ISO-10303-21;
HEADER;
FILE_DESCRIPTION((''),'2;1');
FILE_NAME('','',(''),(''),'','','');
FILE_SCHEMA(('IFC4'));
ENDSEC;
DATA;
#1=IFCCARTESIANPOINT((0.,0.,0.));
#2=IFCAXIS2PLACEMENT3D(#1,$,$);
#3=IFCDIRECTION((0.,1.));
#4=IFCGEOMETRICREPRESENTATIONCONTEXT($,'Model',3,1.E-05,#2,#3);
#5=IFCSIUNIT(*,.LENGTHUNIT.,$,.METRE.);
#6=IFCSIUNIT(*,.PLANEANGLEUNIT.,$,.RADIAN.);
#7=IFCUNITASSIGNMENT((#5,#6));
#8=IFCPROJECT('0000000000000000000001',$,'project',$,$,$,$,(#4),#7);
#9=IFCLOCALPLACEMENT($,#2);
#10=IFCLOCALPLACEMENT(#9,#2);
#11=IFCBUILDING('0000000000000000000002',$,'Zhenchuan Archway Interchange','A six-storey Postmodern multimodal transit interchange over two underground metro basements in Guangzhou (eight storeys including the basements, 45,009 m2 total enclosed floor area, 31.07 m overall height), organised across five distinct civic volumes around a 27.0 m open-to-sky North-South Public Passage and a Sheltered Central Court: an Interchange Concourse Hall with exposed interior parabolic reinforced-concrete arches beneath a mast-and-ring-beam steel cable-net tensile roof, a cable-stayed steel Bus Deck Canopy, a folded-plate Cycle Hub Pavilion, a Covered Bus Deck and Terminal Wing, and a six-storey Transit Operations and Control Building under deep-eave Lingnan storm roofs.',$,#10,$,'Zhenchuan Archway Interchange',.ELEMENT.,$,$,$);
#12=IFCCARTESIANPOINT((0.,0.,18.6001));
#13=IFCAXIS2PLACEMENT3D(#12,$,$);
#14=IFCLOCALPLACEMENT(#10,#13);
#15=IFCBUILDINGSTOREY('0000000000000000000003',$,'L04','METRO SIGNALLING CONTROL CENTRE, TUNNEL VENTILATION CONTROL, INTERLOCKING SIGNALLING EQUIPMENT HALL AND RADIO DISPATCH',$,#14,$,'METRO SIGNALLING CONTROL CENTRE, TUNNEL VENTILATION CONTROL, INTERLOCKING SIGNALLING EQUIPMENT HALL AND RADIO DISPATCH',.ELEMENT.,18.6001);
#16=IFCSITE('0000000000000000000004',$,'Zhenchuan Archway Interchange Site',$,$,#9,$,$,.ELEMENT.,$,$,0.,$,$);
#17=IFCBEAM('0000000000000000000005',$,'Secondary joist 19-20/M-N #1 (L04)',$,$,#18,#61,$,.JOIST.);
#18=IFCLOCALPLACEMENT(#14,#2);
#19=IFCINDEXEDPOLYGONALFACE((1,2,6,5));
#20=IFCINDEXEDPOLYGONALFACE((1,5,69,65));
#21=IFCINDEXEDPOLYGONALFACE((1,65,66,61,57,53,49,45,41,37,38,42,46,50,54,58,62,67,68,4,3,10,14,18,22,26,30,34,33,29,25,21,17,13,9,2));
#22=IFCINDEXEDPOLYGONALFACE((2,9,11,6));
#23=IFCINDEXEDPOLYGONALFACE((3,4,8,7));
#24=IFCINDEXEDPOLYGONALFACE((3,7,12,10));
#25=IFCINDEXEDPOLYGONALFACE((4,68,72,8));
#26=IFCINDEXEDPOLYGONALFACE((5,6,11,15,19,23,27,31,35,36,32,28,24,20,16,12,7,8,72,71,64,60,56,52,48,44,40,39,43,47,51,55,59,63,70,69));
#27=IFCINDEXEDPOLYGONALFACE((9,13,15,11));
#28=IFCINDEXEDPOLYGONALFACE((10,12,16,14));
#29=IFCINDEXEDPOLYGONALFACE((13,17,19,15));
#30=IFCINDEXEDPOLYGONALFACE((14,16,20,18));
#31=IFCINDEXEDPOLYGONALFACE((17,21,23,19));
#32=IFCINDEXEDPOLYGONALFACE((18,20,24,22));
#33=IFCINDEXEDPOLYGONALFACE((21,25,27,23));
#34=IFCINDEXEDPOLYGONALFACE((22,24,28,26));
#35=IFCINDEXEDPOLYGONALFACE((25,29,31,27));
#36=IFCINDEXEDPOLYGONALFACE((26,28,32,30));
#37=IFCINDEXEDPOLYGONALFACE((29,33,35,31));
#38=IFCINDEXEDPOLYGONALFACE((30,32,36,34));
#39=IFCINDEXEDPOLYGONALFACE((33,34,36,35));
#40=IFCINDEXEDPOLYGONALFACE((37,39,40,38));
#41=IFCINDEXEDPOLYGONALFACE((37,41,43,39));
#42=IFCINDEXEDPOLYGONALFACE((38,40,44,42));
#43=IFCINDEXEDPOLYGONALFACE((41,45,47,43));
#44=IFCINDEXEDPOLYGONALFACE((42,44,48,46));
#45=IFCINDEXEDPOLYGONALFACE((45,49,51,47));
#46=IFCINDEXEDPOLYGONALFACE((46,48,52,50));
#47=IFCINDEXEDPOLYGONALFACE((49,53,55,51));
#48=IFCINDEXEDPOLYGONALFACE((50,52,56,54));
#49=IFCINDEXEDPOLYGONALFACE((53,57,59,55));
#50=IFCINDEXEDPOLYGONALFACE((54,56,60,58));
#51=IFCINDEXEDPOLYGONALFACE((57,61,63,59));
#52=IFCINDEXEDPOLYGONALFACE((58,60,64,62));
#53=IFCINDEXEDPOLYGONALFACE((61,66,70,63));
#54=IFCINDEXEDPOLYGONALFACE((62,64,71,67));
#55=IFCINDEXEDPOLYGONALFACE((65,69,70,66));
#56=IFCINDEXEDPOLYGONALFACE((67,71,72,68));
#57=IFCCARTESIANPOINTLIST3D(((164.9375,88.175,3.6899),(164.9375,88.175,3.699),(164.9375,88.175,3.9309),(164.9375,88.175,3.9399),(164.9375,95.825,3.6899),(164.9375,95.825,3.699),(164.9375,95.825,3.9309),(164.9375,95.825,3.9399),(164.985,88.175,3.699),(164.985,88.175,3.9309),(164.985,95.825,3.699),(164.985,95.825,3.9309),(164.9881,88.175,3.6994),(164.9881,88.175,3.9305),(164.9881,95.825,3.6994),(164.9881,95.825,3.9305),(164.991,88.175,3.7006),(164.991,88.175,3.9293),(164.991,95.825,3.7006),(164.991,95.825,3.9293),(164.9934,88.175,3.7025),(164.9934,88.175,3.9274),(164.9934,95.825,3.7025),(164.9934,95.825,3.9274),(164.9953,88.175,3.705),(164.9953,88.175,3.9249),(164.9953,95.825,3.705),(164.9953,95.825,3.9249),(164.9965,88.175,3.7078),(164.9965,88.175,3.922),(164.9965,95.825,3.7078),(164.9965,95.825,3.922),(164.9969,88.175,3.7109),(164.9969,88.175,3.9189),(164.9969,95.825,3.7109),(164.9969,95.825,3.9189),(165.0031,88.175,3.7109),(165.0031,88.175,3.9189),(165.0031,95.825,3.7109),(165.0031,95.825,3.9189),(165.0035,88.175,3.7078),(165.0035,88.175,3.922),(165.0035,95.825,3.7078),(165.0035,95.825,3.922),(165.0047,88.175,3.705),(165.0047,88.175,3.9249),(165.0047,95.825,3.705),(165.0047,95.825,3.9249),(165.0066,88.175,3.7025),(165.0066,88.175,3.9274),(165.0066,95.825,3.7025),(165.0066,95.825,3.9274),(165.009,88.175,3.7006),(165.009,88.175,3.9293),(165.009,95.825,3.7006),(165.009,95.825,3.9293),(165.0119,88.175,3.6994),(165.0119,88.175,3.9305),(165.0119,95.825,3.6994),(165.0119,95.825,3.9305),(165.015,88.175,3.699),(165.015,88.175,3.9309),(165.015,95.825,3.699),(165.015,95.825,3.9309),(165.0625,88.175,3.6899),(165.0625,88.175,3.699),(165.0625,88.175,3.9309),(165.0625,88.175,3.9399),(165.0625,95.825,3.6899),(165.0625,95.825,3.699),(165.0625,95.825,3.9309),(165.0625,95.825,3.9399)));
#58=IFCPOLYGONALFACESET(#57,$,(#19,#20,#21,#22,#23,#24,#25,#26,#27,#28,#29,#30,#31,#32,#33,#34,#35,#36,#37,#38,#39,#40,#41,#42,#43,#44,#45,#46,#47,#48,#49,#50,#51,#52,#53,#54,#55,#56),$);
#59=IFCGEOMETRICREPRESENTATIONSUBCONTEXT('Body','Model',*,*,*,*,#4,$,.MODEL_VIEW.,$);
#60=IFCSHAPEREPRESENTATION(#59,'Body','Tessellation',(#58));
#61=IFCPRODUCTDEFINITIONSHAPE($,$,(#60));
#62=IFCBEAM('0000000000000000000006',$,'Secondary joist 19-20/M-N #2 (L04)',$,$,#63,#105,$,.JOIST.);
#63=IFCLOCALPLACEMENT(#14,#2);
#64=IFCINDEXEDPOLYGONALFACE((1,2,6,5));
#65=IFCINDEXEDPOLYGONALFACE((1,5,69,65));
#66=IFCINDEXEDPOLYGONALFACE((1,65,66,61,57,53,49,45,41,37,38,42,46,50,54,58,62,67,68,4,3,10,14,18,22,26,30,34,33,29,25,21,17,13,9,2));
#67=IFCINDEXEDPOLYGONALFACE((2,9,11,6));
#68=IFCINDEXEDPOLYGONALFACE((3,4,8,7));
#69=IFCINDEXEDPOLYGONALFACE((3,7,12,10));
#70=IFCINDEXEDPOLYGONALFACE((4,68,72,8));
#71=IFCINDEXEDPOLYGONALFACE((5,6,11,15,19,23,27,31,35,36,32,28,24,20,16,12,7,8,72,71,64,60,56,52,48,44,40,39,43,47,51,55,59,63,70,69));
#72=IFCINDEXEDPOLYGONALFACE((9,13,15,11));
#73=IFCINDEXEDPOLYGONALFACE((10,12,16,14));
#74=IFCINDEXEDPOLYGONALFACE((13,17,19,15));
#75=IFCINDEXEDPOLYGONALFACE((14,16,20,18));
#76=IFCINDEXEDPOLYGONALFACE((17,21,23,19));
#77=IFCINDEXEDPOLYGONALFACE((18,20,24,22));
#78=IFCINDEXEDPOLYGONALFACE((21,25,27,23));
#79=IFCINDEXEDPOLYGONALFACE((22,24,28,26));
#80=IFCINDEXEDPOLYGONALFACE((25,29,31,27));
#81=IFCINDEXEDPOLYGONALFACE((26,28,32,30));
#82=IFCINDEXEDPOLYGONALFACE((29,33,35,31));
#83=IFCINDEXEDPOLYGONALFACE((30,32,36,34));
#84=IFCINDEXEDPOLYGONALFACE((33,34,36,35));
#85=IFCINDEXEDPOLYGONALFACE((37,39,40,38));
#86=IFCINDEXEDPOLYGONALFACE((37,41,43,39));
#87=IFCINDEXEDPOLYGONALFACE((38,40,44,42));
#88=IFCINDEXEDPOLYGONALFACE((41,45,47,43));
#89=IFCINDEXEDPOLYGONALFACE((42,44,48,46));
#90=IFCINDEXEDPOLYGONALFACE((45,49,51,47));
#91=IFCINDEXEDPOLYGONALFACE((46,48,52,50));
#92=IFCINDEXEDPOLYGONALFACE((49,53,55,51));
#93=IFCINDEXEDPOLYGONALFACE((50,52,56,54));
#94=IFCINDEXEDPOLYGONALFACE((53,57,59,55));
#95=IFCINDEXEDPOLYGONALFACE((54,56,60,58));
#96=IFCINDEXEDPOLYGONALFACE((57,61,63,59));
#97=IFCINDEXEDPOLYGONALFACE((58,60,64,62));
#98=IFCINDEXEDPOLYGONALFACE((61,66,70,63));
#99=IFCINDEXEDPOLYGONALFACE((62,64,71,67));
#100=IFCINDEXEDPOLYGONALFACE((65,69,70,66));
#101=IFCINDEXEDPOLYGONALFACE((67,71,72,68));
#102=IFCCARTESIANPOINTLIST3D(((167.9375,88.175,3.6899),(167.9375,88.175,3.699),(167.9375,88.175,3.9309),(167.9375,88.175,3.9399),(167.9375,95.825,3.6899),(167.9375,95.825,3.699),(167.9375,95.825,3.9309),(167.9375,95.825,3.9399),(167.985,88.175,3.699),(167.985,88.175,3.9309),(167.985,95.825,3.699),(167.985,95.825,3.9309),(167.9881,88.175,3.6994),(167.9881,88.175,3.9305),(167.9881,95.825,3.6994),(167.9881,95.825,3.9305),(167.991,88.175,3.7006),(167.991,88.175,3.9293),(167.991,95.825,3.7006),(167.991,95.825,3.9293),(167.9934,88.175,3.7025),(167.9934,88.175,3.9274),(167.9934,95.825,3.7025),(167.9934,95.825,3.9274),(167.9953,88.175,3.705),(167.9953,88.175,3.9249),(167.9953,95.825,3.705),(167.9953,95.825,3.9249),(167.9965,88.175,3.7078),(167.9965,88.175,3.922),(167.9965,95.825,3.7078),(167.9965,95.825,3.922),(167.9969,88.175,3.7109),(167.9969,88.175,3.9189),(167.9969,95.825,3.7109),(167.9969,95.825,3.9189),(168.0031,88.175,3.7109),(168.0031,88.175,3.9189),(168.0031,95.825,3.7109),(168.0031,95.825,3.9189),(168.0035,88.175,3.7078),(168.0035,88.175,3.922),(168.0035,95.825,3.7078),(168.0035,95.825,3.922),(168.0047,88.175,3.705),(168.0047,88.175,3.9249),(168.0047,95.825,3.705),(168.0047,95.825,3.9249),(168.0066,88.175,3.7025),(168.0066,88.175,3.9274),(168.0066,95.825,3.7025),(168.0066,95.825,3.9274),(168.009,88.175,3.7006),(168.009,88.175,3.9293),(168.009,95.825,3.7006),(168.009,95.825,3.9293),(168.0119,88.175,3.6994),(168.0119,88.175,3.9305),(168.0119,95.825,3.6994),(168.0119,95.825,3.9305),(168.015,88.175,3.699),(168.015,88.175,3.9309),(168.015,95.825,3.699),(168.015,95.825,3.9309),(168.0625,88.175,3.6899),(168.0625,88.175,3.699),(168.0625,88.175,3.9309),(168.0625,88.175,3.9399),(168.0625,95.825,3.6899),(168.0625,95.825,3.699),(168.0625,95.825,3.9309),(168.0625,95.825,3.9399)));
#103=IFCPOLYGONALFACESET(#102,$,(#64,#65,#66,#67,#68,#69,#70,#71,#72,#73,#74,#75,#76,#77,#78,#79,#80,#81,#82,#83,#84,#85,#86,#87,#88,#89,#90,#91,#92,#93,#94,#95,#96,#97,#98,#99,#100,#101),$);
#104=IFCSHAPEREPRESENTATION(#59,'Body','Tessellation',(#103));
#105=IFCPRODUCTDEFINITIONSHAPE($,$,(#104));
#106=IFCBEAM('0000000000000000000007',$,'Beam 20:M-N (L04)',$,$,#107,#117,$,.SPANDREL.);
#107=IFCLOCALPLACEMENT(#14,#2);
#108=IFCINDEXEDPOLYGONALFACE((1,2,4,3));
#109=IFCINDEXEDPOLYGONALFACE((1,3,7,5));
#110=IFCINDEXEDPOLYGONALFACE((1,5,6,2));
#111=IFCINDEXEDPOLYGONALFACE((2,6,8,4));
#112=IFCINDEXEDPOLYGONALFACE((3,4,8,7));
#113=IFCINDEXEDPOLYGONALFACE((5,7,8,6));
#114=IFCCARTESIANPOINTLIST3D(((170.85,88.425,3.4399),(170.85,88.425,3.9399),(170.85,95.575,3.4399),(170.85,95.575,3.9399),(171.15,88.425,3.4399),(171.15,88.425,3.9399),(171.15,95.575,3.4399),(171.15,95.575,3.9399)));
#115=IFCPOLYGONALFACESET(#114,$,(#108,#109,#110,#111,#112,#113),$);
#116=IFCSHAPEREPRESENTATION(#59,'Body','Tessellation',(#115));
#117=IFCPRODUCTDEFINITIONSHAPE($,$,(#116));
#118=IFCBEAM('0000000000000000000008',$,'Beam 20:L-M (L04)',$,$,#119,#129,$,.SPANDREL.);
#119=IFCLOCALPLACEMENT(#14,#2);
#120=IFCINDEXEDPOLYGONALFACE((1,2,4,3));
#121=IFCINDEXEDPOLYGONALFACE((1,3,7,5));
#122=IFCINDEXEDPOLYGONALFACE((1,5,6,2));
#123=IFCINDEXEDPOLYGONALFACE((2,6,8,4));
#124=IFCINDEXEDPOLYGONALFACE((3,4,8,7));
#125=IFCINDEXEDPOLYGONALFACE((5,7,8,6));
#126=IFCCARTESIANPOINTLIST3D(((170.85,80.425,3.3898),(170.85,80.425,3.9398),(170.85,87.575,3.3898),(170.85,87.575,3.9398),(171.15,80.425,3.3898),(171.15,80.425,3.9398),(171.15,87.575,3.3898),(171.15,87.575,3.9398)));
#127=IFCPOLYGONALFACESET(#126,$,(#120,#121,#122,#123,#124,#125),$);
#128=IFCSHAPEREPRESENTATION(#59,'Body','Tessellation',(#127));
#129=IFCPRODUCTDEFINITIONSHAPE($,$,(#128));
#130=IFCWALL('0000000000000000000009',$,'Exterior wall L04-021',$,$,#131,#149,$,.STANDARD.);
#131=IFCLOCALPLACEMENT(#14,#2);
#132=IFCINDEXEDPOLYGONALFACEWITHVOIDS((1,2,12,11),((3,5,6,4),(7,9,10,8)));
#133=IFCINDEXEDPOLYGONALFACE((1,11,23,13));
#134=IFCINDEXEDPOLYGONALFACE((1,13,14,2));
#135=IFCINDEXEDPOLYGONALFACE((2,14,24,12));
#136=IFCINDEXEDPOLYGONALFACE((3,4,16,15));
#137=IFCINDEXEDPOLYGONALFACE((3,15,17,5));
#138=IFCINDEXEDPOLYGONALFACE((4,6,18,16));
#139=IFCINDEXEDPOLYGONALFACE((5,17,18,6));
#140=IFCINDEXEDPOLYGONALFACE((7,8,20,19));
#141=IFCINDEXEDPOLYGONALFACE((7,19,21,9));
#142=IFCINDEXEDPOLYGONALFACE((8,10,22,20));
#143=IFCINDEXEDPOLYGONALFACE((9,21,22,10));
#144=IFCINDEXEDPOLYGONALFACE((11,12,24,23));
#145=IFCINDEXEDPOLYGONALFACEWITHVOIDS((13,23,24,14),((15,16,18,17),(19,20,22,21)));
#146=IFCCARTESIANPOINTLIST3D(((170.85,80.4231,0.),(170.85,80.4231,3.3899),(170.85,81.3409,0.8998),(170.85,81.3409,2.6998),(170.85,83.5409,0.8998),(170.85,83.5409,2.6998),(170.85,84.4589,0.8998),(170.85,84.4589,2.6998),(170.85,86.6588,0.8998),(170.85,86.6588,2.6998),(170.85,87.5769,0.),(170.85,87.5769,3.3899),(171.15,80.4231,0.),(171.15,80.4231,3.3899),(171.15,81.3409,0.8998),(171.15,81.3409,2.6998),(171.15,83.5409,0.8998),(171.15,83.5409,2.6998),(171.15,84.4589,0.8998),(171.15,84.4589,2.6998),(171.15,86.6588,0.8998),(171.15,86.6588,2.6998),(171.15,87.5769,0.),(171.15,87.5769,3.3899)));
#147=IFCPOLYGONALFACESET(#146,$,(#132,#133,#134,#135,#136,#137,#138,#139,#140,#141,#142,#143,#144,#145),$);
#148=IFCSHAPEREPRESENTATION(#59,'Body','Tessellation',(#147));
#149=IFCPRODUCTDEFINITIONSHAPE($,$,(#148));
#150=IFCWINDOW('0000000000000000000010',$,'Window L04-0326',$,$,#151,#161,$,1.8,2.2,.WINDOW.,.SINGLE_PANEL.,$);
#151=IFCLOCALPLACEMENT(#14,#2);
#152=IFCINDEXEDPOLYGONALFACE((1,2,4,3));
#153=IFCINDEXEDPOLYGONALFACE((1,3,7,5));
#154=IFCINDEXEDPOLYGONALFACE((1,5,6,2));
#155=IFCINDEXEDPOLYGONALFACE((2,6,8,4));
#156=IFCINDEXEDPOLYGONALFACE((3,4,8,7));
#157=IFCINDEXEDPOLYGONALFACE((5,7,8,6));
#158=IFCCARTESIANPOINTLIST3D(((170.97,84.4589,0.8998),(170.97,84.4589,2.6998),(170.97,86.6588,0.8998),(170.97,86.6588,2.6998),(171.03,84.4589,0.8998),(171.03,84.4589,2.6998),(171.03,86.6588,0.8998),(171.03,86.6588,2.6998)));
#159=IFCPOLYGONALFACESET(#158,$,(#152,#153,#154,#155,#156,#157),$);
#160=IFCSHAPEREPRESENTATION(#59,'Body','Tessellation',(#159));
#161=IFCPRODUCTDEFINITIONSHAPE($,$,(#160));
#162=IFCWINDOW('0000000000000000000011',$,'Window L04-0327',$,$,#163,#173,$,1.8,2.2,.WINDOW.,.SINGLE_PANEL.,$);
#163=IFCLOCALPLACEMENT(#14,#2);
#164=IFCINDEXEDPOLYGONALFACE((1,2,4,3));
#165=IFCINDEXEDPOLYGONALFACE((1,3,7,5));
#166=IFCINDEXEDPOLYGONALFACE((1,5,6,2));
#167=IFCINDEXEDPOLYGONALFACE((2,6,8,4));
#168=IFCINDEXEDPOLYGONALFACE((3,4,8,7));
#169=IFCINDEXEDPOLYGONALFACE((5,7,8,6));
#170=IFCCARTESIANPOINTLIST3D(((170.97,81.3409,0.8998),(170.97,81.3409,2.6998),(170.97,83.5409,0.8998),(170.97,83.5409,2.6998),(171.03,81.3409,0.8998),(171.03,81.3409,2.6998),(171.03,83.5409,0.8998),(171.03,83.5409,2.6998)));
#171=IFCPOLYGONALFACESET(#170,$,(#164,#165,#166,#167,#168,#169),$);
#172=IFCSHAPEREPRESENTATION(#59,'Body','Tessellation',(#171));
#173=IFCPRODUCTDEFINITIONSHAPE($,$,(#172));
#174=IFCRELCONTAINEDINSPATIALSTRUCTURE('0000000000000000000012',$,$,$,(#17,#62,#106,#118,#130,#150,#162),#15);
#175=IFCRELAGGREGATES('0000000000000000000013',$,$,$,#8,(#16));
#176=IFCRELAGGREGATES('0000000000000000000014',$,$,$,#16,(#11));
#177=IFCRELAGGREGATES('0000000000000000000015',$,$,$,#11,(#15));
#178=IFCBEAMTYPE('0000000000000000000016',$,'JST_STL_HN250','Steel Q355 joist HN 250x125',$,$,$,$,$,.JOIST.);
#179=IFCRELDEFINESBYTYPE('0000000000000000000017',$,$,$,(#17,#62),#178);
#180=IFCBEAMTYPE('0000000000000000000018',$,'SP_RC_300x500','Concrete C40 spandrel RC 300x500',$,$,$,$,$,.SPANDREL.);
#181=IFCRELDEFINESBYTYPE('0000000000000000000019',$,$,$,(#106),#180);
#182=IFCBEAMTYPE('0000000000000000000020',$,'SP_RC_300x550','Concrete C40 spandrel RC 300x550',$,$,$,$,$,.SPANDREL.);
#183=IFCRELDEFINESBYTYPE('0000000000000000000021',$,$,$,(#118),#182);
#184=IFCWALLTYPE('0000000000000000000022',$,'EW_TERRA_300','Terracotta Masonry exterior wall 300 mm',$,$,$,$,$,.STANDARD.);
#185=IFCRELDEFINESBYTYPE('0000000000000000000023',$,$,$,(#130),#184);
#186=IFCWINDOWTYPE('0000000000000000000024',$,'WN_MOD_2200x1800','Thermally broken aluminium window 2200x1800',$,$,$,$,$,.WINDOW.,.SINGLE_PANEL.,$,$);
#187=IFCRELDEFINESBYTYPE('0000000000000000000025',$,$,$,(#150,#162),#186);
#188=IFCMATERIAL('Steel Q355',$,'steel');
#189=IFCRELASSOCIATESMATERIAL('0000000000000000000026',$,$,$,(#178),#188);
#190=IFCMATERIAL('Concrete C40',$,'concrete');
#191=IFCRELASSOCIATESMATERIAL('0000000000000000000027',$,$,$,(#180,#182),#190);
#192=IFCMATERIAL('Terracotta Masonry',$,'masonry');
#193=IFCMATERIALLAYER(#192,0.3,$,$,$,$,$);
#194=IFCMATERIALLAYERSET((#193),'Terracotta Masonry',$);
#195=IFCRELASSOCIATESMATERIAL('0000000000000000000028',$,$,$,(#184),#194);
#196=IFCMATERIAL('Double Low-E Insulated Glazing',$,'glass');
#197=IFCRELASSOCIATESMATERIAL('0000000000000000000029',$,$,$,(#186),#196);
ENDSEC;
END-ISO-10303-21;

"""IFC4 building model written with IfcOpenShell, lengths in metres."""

from ifc_helpers import new_model, si_unit, direction, frame, frame_2d, origin, origin_2d, place, context, subcontext, project, spatial, rectangle, i_section, extrude, material, layer, layer_set, material_profile, profile_set, type_object, element, fill, save


model = new_model("IFC4")

# Units and contexts
model_context = context("Model", 3, precision=1e-05, world=origin(), true_north=direction((0.0, 1.0)))
body_context = subcontext(model_context, "Body", "Model", "MODEL_VIEW")
ifc_project = project(units=[si_unit("LENGTHUNIT", "METRE"), si_unit("PLANEANGLEUNIT", "RADIAN")], contexts=[model_context])

# Site, building, storey
site_placement = place(None, origin())
site = spatial("IfcSite", under=ifc_project, at=site_placement, Name="Zhenchuan Archway Interchange Site", CompositionType="ELEMENT", RefElevation=0.0)
building_placement = place(site_placement, origin())
building = spatial("IfcBuilding", under=site, at=building_placement, Name="Zhenchuan Archway Interchange", Description="A six-storey Postmodern multimodal transit interchange over two underground metro basements in Guangzhou (eight storeys including the basements, 45,009 m2 total enclosed floor area, 31.07 m overall height), organised across five distinct civic volumes around a 27.0 m open-to-sky North-South Public Passage and a Sheltered Central Court: an Interchange Concourse Hall with exposed interior parabolic reinforced-concrete arches beneath a mast-and-ring-beam steel cable-net tensile roof, a cable-stayed steel Bus Deck Canopy, a folded-plate Cycle Hub Pavilion, a Covered Bus Deck and Terminal Wing, and a six-storey Transit Operations and Control Building under deep-eave Lingnan storm roofs.", LongName="Zhenchuan Archway Interchange", CompositionType="ELEMENT")
storey_placement = place(building_placement, frame((0.0, 0.0, 18.6001)))
storey = spatial("IfcBuildingStorey", under=building, at=storey_placement, Name="L04", Description="METRO SIGNALLING CONTROL CENTRE, TUNNEL VENTILATION CONTROL, INTERLOCKING SIGNALLING EQUIPMENT HALL AND RADIO DISPATCH", LongName="METRO SIGNALLING CONTROL CENTRE, TUNNEL VENTILATION CONTROL, INTERLOCKING SIGNALLING EQUIPMENT HALL AND RADIO DISPATCH", CompositionType="ELEMENT", Elevation=18.6001)

# Shared definitions
ifc_material_1 = material(Name="Concrete C40", Category="concrete")

# Beams
ifc_material_2 = material(Name="Steel Q355", Category="steel")
ifc_material_profile_1 = material_profile(ifc_material_2, i_section(OverallWidth=0.125, OverallDepth=0.25, WebThickness=0.0061, FlangeThickness=0.009, FilletRadius=0.012, at=origin_2d()), Name="HN 250x125")
ifc_profile_set_1 = profile_set([ifc_material_profile_1], Name="Steel Q355")
beam_type_1 = type_object("IfcBeamType", Name="JST_STL_HN250", Description="Steel Q355 joist HN 250x125", PredefinedType="JOIST", material=ifc_profile_set_1)
for number, where, z_axis, x_axis, name in (
    (1, (165.0, 88.175, 3.8149), (0.0, 1.0, 0.0), (-1.0, 0.0, 0.0), "Secondary joist 19-20/M-N #1 (L04)"),
    (2, (168.0, 88.175, 3.8149), (0.0, 1.0, 0.0), (-1.0, 0.0, 0.0), "Secondary joist 19-20/M-N #2 (L04)"),
):
    element("IfcBeam", number, at=place(storey_placement, frame(where, z_axis=z_axis, x_axis=x_axis)), inside=storey, type_object=beam_type_1, Name=name, PredefinedType="JOIST", context=body_context, shape_type="SweptSolid", body=[
        extrude(i_section(OverallWidth=0.125, OverallDepth=0.25, WebThickness=0.0061, FlangeThickness=0.009, FilletRadius=0.012, at=origin_2d()), origin(), (0.0, 0.0, 1.0), 7.6499),
    ])
ifc_material_profile_2 = material_profile(ifc_material_1, rectangle(XDim=0.3, YDim=0.5, at=origin_2d()), Name="RC 300x500")
ifc_profile_set_2 = profile_set([ifc_material_profile_2], Name="Concrete C40")
beam_type_2 = type_object("IfcBeamType", Name="SP_RC_300x500", Description="Concrete C40 spandrel RC 300x500", PredefinedType="SPANDREL", material=ifc_profile_set_2)
beam_1_placement = place(storey_placement, frame((171.0, 88.425, 3.6899), z_axis=(0.0, 1.0, 0.0), x_axis=(-1.0, 0.0, 0.0)))
element("IfcBeam", 3, at=beam_1_placement, inside=storey, type_object=beam_type_2, Name="Beam 20:M-N (L04)", PredefinedType="SPANDREL", context=body_context, shape_type="SweptSolid", body=[
    extrude(rectangle(XDim=0.3, YDim=0.5, at=origin_2d()), origin(), (0.0, 0.0, 1.0), 7.1499),
])
ifc_material_profile_3 = material_profile(ifc_material_1, rectangle(XDim=0.3, YDim=0.55, at=origin_2d()), Name="RC 300x550")
ifc_profile_set_3 = profile_set([ifc_material_profile_3], Name="Concrete C40")
beam_type_3 = type_object("IfcBeamType", Name="SP_RC_300x550", Description="Concrete C40 spandrel RC 300x550", PredefinedType="SPANDREL", material=ifc_profile_set_3)
beam_2_placement = place(storey_placement, frame((171.0, 80.425, 3.6648), z_axis=(0.0, 1.0, 0.0), x_axis=(-1.0, 0.0, 0.0)))
element("IfcBeam", 4, at=beam_2_placement, inside=storey, type_object=beam_type_3, Name="Beam 20:L-M (L04)", PredefinedType="SPANDREL", context=body_context, shape_type="SweptSolid", body=[
    extrude(rectangle(XDim=0.3, YDim=0.55, at=origin_2d()), origin(), (0.0, 0.0, 1.0), 7.1499),
])

# Wall, openings, windows
ifc_material_3 = material(Name="Terracotta Masonry", Category="masonry")
ifc_layer_1 = layer(ifc_material_3, 0.3)
ifc_layer_set_1 = layer_set([ifc_layer_1], Name="Terracotta Masonry")
wall_type_1 = type_object("IfcWallType", Name="EW_TERRA_300", Description="Terracotta Masonry exterior wall 300 mm", PredefinedType="STANDARD", material=ifc_layer_set_1)
wall_1_placement = place(storey_placement, frame((171.0, 87.5769, 0.0), z_axis=(0.0, 0.0, 1.0), x_axis=(0.0, -1.0, 0.0)))
wall_1 = element("IfcWall", 5, at=wall_1_placement, inside=storey, type_object=wall_type_1, Name="Exterior wall L04-021", PredefinedType="STANDARD", context=body_context, shape_type="SweptSolid", body=[
    extrude(rectangle(XDim=7.1538, YDim=0.3, at=frame_2d((3.5769, 0.0))), origin(), (0.0, 0.0, 1.0), 3.3899),
])
opening_1_placement = place(wall_1_placement, frame((0.918, 0.0, 0.8999)))
opening_1 = element("IfcOpeningElement", 6, at=opening_1_placement, cuts=wall_1, PredefinedType="OPENING", context=body_context, shape_type="SweptSolid", body=[
    extrude(rectangle(XDim=2.2, YDim=1.8, at=frame_2d((1.1001, 0.8999))), frame((0.0, 0.1621, 0.0), z_axis=(0.0, -1.0, 0.0), x_axis=(1.0, 0.0, 0.0)), (0.0, 0.0, 1.0), 0.324),
])
opening_2_placement = place(wall_1_placement, frame((4.0359, 0.0, 0.8999)))
opening_2 = element("IfcOpeningElement", 7, at=opening_2_placement, cuts=wall_1, PredefinedType="OPENING", context=body_context, shape_type="SweptSolid", body=[
    extrude(rectangle(XDim=2.2, YDim=1.8, at=frame_2d((1.1001, 0.8999))), frame((0.0, 0.1621, 0.0), z_axis=(0.0, -1.0, 0.0), x_axis=(1.0, 0.0, 0.0)), (0.0, 0.0, 1.0), 0.324),
])
ifc_material_4 = material(Name="Double Low-E Insulated Glazing", Category="glass")
window_type = type_object("IfcWindowType", Name="WN_MOD_2200x1800", Description="Thermally broken aluminium window 2200x1800", PartitioningType="SINGLE_PANEL", PredefinedType="WINDOW", material=ifc_material_4)
window_1_placement = place(opening_1_placement, origin())
window_1 = element("IfcWindow", 8, at=window_1_placement, inside=storey, type_object=window_type, Name="Window L04-0326", OverallHeight=1.8, OverallWidth=2.2, PartitioningType="SINGLE_PANEL", PredefinedType="WINDOW", context=body_context, shape_type="SweptSolid", body=[
    extrude(rectangle(XDim=2.2, YDim=1.8, at=frame_2d((1.1001, 0.8999))), frame((0.0, 0.03, 0.0), z_axis=(0.0, -1.0, 0.0), x_axis=(1.0, 0.0, 0.0)), (0.0, 0.0, 1.0), 0.0601),
])
fill(opening_1, window_1)
window_2_placement = place(opening_2_placement, origin())
window_2 = element("IfcWindow", 9, at=window_2_placement, inside=storey, type_object=window_type, Name="Window L04-0327", OverallHeight=1.8, OverallWidth=2.2, PartitioningType="SINGLE_PANEL", PredefinedType="WINDOW", context=body_context, shape_type="SweptSolid", body=[
    extrude(rectangle(XDim=2.2, YDim=1.8, at=frame_2d((1.1001, 0.8999))), frame((0.0, 0.03, 0.0), z_axis=(0.0, -1.0, 0.0), x_axis=(1.0, 0.0, 0.0)), (0.0, 0.0, 1.0), 0.0601),
])
fill(opening_2, window_2)

save(model, "model.ifc")
